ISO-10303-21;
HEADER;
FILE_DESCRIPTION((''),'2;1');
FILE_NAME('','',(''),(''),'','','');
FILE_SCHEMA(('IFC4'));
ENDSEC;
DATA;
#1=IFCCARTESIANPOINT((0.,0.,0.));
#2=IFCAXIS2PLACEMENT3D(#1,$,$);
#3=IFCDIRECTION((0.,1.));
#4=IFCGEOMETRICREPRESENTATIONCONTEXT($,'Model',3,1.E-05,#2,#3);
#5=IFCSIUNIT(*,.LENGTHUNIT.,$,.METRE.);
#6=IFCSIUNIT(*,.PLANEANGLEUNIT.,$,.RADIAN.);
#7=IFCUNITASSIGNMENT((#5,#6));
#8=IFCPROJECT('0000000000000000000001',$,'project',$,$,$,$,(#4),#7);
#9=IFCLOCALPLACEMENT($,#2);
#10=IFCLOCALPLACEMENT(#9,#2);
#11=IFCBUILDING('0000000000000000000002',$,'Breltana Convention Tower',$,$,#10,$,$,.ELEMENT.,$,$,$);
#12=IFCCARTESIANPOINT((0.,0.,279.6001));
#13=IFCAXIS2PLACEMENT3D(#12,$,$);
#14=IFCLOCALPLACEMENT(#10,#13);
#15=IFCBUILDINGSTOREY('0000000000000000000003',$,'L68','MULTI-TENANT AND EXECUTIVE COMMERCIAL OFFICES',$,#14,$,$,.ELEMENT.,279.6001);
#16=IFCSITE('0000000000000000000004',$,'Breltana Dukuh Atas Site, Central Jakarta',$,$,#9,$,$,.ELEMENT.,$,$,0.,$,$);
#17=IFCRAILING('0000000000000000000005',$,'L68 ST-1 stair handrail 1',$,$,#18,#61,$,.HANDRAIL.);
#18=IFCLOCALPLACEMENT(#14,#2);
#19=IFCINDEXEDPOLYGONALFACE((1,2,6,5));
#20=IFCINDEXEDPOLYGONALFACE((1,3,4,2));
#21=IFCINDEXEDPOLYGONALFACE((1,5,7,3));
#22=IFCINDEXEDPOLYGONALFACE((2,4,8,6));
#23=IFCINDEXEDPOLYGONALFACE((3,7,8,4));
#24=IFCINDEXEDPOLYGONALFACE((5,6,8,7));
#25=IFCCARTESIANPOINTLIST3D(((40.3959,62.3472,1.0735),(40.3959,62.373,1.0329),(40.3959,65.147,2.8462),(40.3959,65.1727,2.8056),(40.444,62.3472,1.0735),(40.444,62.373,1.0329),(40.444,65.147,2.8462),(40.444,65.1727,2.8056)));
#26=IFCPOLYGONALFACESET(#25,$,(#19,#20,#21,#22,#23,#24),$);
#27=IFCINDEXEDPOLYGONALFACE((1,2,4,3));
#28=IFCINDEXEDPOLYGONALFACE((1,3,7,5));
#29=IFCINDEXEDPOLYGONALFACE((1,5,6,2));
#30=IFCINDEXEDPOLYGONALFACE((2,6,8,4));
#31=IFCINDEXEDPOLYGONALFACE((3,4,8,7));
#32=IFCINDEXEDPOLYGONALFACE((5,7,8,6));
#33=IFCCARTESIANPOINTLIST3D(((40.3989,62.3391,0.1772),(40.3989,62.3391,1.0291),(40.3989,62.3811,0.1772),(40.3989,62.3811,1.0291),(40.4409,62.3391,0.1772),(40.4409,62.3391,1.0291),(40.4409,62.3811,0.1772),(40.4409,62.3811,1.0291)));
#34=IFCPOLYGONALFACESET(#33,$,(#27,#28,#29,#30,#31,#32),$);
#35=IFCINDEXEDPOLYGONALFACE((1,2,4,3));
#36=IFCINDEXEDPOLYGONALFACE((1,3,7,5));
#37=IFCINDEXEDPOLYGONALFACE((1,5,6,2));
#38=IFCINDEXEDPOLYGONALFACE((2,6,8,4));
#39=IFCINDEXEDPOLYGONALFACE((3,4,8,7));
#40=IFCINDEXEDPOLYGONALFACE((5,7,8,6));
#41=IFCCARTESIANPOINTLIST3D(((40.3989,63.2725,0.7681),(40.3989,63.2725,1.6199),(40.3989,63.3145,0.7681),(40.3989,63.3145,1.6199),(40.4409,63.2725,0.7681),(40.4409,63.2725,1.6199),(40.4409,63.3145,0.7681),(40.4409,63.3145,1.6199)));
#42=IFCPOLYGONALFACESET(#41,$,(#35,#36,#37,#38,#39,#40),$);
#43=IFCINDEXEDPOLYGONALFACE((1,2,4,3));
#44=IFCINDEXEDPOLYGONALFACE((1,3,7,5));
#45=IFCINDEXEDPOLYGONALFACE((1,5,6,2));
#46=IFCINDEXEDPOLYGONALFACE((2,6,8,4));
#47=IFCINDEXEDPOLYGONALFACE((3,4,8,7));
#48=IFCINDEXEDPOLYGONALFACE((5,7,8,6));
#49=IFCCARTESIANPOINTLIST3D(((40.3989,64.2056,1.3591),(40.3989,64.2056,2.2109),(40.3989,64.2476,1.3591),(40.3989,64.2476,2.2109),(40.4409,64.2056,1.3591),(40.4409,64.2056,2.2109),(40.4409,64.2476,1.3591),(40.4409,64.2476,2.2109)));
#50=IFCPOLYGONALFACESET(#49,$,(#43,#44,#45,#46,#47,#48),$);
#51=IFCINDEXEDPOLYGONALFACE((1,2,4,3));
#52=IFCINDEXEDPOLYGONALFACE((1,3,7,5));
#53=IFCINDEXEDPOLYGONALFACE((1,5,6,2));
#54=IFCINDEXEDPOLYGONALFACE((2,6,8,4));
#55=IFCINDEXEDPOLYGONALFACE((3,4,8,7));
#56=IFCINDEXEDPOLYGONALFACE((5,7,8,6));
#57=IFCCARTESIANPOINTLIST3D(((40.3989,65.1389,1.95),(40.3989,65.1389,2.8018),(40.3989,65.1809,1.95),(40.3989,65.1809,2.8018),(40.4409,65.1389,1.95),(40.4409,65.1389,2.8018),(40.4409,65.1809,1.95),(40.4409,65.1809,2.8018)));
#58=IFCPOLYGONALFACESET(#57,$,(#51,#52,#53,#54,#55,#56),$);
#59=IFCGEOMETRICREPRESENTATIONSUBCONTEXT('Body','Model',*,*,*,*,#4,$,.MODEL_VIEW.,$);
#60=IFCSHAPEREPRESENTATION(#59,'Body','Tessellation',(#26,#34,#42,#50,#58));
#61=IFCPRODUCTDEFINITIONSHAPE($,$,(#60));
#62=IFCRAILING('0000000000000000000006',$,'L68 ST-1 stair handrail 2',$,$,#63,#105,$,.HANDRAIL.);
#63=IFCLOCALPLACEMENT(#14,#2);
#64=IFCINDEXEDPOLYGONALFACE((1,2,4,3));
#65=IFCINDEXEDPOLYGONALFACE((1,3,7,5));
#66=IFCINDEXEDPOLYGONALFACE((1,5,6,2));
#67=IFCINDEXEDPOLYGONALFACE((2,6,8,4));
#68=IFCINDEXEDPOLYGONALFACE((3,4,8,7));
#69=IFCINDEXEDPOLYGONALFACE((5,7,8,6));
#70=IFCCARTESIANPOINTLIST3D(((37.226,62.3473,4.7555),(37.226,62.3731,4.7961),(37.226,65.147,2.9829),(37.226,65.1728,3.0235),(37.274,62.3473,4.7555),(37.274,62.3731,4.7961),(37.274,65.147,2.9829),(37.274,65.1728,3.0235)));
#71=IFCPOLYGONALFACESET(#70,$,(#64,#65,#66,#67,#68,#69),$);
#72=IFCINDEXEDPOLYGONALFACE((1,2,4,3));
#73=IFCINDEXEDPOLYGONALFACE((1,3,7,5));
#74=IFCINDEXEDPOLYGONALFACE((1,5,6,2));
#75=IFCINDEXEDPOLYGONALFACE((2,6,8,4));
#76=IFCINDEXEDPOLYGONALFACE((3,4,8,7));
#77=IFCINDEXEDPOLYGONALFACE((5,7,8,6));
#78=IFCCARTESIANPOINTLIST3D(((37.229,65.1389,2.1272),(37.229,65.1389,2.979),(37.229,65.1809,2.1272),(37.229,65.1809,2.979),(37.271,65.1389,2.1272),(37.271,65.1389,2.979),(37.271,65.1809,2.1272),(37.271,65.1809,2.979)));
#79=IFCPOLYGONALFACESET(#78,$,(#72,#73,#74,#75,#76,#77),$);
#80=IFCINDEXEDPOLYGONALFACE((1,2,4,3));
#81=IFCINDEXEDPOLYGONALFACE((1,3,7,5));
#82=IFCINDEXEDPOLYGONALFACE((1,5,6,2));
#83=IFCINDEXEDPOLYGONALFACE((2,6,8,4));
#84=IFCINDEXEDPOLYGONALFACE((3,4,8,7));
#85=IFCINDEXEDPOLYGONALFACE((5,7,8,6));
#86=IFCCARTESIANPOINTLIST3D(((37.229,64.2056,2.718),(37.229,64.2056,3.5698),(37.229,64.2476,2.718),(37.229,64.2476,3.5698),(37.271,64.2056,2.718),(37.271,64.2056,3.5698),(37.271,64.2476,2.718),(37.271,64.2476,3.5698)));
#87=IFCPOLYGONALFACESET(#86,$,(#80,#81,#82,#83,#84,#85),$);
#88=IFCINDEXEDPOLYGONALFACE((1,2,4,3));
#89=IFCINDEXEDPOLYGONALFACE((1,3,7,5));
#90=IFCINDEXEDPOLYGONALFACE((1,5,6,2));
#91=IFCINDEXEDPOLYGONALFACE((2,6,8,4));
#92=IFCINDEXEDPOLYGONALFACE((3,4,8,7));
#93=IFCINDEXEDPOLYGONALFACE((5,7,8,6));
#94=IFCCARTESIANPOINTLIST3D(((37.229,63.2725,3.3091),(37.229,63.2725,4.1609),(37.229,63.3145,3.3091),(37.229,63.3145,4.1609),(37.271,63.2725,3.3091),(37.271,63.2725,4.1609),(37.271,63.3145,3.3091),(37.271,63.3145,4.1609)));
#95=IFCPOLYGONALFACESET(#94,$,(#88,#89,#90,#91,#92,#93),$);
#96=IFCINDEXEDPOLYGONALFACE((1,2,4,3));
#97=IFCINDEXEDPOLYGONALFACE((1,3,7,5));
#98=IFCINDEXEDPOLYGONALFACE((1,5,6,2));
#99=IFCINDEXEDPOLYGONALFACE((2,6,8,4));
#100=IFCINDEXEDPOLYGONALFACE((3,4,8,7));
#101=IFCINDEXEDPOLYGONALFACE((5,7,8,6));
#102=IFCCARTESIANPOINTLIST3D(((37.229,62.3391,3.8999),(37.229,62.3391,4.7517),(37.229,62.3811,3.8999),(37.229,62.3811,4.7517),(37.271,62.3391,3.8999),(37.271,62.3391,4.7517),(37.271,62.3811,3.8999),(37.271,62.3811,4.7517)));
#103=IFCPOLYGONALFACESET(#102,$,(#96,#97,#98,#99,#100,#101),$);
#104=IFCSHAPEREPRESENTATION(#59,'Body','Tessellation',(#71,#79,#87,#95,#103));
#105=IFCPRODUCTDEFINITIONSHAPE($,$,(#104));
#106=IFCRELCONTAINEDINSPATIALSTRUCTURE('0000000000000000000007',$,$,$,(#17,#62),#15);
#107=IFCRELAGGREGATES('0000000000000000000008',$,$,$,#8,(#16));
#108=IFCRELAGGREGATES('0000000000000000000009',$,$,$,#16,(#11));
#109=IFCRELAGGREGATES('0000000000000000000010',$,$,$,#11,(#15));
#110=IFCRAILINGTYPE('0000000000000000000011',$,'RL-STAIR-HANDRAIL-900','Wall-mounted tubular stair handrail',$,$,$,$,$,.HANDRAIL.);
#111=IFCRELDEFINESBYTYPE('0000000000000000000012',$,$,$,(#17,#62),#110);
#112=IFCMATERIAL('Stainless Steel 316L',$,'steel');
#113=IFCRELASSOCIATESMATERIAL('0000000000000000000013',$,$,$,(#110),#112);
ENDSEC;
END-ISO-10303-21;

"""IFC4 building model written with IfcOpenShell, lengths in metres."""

from ifc_helpers import new_model, si_unit, direction, frame, origin, origin_2d, place, context, subcontext, project, spatial, rectangle, extrude, material, type_object, element, save


model = new_model("IFC4")

# Units and contexts
model_context = context("Model", 3, precision=1e-05, world=origin(), true_north=direction((0.0, 1.0)))
body_context = subcontext(model_context, "Body", "Model", "MODEL_VIEW")
ifc_project = project(units=[si_unit("LENGTHUNIT", "METRE"), si_unit("PLANEANGLEUNIT", "RADIAN")], contexts=[model_context])

# Site, building, storey
site_placement = place(None, origin())
site = spatial("IfcSite", under=ifc_project, at=site_placement, Name="Breltana Dukuh Atas Site, Central Jakarta", CompositionType="ELEMENT", RefElevation=0.0)
building_placement = place(site_placement, origin())
building = spatial("IfcBuilding", under=site, at=building_placement, Name="Breltana Convention Tower", CompositionType="ELEMENT")
storey_placement = place(building_placement, frame((0.0, 0.0, 279.6001)))
storey = spatial("IfcBuildingStorey", under=building, at=storey_placement, Name="L68", Description="MULTI-TENANT AND EXECUTIVE COMMERCIAL OFFICES", CompositionType="ELEMENT", Elevation=279.6001)

# Railings
ifc_material_1 = material(Name="Stainless Steel 316L", Category="steel")
railing_type_1 = type_object("IfcRailingType", Name="RL-STAIR-HANDRAIL-900", Description="Wall-mounted tubular stair handrail", PredefinedType="HANDRAIL", material=ifc_material_1)
railing_1_placement = place(storey_placement, frame((40.4199, 62.3601, 0.1772)))
element("IfcRailing", 1, at=railing_1_placement, inside=storey, type_object=railing_type_1, Name="L68 ST-1 stair handrail 1", PredefinedType="HANDRAIL", context=body_context, shape_type="SweptSolid", body=[
    extrude(rectangle(XDim=0.0481, YDim=0.0481, at=origin_2d()), frame((0.0, 0.0, 0.876), z_axis=(0.0, 0.844888, 0.534943), x_axis=(-1.0, 0.0, 0.0)), (0.0, 0.0, 1.0), 3.3137),
    extrude(rectangle(XDim=0.042, YDim=0.042, at=origin_2d()), origin(), (0.0, 0.0, 1.0), 0.8518),
    extrude(rectangle(XDim=0.042, YDim=0.042, at=origin_2d()), frame((0.0, 0.9333, 0.5908)), (0.0, 0.0, 1.0), 0.8518),
    extrude(rectangle(XDim=0.042, YDim=0.042, at=origin_2d()), frame((0.0, 1.8665, 1.1819)), (0.0, 0.0, 1.0), 0.8518),
    extrude(rectangle(XDim=0.042, YDim=0.042, at=origin_2d()), frame((0.0, 2.7998, 1.7727)), (0.0, 0.0, 1.0), 0.8518),
])
railing_2_placement = place(storey_placement, frame((37.25, 65.1599, 2.1272)))
element("IfcRailing", 2, at=railing_2_placement, inside=storey, type_object=railing_type_1, Name="L68 ST-1 stair handrail 2", PredefinedType="HANDRAIL", context=body_context, shape_type="SweptSolid", body=[
    extrude(rectangle(XDim=0.0481, YDim=0.0481, at=origin_2d()), frame((0.0, 0.0, 0.876), z_axis=(0.0, -0.844888, 0.534943), x_axis=(1.0, 0.0, 0.0)), (0.0, 0.0, 1.0), 3.3137),
    extrude(rectangle(XDim=0.042, YDim=0.042, at=origin_2d()), origin(), (0.0, 0.0, 1.0), 0.8518),
    extrude(rectangle(XDim=0.042, YDim=0.042, at=origin_2d()), frame((0.0, -0.9333, 0.5908)), (0.0, 0.0, 1.0), 0.8518),
    extrude(rectangle(XDim=0.042, YDim=0.042, at=origin_2d()), frame((0.0, -1.8665, 1.1819)), (0.0, 0.0, 1.0), 0.8518),
    extrude(rectangle(XDim=0.042, YDim=0.042, at=origin_2d()), frame((0.0, -2.7998, 1.7727)), (0.0, 0.0, 1.0), 0.8518),
])

save(model, "model.ifc")
